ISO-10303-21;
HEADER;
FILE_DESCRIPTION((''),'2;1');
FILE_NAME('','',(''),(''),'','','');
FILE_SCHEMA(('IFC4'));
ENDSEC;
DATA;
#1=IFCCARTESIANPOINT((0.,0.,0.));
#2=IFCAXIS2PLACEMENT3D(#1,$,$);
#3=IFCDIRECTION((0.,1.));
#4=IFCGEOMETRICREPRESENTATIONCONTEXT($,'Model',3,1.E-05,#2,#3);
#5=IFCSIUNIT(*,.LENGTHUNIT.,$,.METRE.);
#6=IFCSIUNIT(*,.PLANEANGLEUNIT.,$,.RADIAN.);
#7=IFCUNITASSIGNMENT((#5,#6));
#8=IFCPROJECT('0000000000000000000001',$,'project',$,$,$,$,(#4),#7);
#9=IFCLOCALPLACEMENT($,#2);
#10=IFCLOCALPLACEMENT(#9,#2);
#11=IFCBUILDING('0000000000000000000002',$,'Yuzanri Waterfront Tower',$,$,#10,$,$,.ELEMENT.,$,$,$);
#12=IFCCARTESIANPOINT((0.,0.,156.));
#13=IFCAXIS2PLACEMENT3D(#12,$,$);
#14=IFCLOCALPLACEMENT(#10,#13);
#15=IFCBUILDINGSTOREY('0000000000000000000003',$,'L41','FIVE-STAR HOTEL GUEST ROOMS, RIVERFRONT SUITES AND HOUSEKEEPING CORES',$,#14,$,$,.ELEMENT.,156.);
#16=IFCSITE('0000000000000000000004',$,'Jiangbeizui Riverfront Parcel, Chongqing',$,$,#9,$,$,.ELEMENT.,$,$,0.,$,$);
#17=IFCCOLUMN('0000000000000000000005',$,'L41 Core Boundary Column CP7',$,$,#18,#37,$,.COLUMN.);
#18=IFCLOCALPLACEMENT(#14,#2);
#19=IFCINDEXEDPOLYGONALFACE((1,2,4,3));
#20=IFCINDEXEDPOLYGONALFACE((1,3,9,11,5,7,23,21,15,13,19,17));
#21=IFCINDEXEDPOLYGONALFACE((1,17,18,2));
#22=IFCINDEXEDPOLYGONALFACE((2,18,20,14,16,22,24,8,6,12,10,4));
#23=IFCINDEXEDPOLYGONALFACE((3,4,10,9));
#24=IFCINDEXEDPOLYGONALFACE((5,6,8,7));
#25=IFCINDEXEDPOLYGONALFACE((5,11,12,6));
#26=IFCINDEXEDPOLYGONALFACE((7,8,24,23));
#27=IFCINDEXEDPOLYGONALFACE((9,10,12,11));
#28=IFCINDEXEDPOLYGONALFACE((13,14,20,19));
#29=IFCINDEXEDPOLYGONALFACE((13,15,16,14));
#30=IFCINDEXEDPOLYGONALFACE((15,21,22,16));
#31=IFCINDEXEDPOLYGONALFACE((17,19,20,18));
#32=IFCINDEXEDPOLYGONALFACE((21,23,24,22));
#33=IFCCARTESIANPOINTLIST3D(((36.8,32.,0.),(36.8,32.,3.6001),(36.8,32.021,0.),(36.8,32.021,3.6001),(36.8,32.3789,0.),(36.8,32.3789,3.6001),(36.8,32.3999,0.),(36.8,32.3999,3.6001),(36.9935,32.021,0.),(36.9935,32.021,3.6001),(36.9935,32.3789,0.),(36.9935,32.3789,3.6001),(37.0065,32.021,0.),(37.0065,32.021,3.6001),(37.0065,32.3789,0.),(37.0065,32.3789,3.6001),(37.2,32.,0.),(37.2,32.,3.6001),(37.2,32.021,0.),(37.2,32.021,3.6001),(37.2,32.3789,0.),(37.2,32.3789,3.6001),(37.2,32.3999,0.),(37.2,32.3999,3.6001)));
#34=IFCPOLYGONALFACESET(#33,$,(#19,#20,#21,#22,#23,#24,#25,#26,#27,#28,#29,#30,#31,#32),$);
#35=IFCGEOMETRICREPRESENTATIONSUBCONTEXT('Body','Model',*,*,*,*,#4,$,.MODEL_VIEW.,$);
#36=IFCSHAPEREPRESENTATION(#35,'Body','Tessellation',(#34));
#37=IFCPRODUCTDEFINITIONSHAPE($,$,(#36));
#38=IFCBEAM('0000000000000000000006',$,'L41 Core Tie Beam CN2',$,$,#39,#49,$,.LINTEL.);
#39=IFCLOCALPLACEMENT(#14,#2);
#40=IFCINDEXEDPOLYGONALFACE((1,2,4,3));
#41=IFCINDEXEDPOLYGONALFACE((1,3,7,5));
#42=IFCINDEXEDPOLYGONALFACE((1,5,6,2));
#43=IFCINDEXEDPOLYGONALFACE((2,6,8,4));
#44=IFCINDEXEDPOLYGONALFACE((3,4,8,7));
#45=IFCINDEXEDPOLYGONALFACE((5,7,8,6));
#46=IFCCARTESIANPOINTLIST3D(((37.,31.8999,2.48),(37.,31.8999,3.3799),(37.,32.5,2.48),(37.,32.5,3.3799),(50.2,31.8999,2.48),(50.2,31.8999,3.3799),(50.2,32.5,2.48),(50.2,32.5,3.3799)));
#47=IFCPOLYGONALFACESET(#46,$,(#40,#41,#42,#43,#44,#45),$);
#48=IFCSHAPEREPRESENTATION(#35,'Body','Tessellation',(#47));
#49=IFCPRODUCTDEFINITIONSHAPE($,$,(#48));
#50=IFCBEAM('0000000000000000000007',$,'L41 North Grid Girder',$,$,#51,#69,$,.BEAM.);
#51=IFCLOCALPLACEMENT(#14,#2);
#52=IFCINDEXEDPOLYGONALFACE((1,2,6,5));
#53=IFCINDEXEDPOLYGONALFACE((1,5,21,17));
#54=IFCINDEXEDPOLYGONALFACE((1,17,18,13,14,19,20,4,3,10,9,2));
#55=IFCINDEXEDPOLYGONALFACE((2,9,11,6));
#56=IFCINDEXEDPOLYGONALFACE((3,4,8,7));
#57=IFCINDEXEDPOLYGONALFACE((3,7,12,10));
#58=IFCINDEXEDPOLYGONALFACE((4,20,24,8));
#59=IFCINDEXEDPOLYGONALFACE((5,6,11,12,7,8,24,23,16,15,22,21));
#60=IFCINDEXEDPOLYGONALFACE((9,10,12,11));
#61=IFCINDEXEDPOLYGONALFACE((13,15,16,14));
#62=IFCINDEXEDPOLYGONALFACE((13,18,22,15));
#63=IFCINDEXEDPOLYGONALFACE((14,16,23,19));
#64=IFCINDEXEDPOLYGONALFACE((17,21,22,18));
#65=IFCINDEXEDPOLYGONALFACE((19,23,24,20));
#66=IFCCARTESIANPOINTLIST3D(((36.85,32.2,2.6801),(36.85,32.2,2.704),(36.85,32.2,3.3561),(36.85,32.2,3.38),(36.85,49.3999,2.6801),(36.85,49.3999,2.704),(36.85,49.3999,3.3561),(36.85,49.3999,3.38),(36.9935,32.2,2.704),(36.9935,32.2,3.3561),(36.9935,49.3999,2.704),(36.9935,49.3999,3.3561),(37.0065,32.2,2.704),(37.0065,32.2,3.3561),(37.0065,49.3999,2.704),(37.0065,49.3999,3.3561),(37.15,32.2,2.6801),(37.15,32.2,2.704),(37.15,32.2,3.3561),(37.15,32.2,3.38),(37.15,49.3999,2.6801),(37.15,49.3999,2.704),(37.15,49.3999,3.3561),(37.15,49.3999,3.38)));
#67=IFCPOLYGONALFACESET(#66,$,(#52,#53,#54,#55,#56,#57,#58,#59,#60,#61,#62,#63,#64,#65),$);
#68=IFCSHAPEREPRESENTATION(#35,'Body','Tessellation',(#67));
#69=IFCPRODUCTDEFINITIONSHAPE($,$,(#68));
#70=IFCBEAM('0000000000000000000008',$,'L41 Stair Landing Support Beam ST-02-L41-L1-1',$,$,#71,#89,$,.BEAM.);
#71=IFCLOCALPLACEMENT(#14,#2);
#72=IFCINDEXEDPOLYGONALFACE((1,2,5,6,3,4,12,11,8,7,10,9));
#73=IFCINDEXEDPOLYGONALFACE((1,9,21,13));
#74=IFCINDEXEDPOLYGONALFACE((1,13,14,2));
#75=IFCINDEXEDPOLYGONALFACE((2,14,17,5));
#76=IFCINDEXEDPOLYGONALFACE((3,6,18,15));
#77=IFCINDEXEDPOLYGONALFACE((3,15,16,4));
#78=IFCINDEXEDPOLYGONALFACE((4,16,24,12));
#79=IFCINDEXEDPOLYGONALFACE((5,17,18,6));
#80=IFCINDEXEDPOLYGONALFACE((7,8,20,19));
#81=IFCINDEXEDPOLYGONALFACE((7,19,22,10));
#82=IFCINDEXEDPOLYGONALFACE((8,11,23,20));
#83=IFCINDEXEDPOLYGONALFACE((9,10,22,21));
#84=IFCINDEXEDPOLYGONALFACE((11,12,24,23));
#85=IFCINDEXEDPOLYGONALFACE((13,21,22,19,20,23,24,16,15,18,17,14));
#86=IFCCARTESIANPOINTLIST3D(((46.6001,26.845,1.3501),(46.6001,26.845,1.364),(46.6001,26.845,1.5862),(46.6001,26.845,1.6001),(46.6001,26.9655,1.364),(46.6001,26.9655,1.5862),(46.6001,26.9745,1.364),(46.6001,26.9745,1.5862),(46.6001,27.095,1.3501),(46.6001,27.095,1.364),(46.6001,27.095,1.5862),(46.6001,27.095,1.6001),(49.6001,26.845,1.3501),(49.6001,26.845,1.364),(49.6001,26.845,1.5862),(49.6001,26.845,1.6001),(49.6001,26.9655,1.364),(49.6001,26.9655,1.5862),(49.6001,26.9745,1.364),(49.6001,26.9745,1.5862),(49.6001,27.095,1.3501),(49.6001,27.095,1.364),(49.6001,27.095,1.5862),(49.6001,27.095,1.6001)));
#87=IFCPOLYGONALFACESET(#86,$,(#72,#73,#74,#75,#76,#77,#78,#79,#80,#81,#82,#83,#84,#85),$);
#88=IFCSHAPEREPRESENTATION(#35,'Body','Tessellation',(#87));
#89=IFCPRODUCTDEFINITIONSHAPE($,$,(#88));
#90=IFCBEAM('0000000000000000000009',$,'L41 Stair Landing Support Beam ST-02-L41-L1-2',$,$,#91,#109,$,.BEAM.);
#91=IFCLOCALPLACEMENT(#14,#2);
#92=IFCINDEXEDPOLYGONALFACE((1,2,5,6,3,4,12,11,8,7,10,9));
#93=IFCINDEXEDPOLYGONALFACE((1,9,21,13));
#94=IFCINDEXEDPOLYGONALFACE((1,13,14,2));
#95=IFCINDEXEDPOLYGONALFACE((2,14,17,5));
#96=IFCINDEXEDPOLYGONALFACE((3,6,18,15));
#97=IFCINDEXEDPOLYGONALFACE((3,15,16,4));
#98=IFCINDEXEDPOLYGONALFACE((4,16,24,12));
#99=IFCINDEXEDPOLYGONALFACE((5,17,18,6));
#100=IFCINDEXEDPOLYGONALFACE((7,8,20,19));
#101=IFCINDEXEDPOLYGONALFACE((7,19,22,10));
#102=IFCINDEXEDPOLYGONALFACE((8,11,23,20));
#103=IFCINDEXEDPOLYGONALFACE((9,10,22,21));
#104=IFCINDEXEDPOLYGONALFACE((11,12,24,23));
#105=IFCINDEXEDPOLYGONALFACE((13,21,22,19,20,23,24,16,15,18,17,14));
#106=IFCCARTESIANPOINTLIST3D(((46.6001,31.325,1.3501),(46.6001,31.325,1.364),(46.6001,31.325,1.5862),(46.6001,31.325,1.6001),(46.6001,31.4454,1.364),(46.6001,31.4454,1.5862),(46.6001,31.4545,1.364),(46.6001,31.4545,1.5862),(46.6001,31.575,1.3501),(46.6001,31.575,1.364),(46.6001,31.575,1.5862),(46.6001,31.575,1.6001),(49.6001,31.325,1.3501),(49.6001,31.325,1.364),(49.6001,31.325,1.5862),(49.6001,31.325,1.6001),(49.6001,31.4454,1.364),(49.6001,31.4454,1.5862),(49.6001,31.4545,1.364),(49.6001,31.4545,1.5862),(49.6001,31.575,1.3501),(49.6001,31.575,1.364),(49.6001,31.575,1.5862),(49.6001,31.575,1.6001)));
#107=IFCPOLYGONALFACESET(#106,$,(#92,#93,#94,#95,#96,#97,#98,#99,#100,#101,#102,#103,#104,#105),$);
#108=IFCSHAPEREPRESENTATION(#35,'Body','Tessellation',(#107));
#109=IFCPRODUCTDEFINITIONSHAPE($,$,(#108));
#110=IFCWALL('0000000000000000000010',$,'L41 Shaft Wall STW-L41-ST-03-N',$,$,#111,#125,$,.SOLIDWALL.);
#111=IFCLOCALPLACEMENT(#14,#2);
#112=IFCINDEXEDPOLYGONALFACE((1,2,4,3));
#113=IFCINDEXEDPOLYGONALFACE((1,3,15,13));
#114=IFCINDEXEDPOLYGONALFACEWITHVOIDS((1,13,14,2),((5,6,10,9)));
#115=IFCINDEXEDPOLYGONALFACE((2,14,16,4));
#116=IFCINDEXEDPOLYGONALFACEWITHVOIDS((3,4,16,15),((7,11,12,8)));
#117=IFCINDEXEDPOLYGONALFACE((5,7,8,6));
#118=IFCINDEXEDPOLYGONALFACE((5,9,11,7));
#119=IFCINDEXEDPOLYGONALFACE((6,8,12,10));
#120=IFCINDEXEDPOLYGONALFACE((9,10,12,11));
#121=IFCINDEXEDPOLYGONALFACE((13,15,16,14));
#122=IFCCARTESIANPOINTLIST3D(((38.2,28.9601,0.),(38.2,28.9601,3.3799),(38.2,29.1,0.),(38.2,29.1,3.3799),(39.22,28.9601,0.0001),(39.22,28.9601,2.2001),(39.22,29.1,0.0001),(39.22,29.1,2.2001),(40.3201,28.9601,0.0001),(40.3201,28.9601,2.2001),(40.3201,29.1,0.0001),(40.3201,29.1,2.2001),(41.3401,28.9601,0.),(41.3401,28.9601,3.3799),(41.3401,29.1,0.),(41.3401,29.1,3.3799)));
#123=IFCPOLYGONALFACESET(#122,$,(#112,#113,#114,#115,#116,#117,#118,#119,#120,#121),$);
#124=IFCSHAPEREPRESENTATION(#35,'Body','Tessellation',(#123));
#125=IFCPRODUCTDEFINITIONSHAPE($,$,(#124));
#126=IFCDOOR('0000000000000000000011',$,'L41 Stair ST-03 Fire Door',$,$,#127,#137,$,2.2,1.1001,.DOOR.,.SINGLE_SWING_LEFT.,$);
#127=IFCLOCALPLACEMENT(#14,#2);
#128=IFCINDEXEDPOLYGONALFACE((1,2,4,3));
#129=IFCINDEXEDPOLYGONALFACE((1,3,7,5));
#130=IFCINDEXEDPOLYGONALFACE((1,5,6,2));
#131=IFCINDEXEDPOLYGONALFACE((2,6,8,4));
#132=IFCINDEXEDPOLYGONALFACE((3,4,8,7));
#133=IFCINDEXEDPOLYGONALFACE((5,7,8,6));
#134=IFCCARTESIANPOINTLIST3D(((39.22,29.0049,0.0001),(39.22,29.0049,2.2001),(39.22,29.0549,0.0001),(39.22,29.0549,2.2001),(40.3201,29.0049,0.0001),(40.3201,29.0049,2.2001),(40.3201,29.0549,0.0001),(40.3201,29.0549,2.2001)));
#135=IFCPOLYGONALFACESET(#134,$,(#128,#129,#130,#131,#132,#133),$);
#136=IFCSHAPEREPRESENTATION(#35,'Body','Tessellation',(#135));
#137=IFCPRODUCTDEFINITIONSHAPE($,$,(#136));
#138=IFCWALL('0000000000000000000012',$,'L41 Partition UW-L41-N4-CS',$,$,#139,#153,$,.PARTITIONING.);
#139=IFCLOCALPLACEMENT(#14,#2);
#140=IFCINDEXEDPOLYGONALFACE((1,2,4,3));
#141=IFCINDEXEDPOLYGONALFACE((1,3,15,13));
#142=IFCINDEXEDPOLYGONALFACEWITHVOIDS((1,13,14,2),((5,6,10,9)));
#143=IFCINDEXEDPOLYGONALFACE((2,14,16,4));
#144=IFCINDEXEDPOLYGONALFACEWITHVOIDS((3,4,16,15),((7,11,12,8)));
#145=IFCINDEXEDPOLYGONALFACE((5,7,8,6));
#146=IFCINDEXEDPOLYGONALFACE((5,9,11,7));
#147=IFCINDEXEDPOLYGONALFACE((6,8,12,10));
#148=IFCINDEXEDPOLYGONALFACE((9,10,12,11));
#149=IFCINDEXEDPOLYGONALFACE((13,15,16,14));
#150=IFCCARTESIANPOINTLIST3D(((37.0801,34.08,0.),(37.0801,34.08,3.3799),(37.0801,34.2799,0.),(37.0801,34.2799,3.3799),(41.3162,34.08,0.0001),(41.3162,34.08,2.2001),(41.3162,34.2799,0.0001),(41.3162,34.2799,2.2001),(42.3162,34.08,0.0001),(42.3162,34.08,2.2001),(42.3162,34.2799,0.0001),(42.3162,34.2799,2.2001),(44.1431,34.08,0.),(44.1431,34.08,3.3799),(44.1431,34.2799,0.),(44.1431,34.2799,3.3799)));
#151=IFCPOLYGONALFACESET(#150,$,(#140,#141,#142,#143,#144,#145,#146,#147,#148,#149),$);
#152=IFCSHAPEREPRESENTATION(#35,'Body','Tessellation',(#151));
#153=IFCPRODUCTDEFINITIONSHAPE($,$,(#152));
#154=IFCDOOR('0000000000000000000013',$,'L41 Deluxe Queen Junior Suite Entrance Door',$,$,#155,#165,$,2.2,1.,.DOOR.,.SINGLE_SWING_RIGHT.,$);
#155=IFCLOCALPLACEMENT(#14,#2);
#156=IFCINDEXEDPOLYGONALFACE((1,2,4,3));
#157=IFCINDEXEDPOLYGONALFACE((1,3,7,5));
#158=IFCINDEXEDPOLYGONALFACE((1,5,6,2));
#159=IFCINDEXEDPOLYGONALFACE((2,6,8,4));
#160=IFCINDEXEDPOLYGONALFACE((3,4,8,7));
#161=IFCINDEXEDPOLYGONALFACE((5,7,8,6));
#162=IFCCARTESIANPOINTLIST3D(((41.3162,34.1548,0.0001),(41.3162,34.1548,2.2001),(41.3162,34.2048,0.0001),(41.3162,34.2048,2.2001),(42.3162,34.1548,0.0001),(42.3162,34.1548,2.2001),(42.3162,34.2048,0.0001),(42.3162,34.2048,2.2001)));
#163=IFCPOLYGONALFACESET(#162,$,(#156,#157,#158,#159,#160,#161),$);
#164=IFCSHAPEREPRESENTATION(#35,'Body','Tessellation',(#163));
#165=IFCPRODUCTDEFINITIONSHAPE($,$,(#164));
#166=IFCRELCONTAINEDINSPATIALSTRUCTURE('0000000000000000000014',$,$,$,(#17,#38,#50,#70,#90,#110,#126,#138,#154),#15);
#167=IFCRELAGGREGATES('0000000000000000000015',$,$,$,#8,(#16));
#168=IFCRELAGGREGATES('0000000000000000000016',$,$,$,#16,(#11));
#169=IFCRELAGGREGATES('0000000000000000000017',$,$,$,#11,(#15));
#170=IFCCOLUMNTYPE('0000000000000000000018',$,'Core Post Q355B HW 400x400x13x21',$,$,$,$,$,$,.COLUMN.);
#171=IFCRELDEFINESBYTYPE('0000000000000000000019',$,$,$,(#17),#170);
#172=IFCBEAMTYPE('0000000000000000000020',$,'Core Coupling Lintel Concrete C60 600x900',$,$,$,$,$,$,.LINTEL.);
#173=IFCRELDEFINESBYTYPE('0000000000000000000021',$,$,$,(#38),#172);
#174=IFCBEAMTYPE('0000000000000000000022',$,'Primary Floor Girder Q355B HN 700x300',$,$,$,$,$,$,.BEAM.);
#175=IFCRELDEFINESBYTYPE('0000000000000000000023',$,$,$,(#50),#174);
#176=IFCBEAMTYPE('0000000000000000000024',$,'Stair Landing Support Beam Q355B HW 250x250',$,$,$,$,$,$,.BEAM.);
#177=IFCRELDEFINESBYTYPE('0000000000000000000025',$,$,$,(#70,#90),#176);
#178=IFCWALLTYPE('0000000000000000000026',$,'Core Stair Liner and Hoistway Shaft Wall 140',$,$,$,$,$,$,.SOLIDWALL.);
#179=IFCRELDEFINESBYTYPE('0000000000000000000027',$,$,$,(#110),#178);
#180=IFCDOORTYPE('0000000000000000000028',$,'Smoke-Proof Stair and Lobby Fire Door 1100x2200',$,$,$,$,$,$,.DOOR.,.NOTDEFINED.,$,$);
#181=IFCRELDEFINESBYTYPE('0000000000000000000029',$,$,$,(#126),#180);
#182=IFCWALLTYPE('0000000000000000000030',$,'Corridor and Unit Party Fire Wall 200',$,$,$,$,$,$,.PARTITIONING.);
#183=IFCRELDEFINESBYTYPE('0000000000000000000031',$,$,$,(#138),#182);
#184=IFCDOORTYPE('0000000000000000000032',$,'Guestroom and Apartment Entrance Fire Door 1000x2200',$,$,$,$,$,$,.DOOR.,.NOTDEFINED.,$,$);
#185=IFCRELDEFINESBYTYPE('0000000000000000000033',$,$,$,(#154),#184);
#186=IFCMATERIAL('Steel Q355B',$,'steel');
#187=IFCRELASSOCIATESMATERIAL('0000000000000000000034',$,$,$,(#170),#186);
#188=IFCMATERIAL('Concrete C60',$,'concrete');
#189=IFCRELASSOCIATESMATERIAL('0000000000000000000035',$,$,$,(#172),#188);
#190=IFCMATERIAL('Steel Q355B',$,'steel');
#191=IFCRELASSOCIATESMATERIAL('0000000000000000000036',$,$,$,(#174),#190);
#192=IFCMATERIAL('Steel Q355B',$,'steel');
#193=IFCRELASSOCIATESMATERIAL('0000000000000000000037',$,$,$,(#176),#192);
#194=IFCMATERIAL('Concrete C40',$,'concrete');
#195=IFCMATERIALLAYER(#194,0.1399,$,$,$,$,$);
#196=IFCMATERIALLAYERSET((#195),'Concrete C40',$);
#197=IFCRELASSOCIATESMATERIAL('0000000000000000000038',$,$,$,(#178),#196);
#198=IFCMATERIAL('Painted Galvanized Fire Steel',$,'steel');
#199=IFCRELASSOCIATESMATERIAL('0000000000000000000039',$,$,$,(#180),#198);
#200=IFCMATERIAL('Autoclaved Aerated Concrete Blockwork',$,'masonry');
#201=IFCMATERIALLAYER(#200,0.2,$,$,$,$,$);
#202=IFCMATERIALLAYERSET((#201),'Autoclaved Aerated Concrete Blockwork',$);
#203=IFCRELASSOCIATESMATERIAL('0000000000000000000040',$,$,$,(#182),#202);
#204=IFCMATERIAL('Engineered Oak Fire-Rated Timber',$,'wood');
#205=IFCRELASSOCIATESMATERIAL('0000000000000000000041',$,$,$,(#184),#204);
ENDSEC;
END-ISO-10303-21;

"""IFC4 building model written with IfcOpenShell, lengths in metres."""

from ifc_helpers import new_model, si_unit, direction, frame, frame_2d, origin, origin_2d, place, context, subcontext, project, spatial, rectangle, i_section, extrude, source, transform, mapped, material, layer, layer_set, material_profile, profile_set, type_object, element, fill, save


model = new_model("IFC4")

# Units and contexts
model_context = context("Model", 3, precision=1e-05, world=origin(), true_north=direction((0.0, 1.0)))
body_context = subcontext(model_context, "Body", "Model", "MODEL_VIEW")
ifc_project = project(units=[si_unit("LENGTHUNIT", "METRE"), si_unit("PLANEANGLEUNIT", "RADIAN")], contexts=[model_context])

# Site, building, storey
site_placement = place(None, origin())
site = spatial("IfcSite", under=ifc_project, at=site_placement, Name="Jiangbeizui Riverfront Parcel, Chongqing", CompositionType="ELEMENT", RefElevation=0.0)
building_placement = place(site_placement, origin())
building = spatial("IfcBuilding", under=site, at=building_placement, Name="Yuzanri Waterfront Tower", CompositionType="ELEMENT")
storey_placement = place(building_placement, frame((0.0, 0.0, 156.0)))
storey = spatial("IfcBuildingStorey", under=building, at=storey_placement, Name="L41", Description="FIVE-STAR HOTEL GUEST ROOMS, RIVERFRONT SUITES AND HOUSEKEEPING CORES", CompositionType="ELEMENT", Elevation=156.0)

# Column
ifc_material_1 = material(Name="Steel Q355B", Category="steel")
ifc_material_profile_1 = material_profile(ifc_material_1, i_section(OverallWidth=0.3999, OverallDepth=0.3999, WebThickness=0.0129, FlangeThickness=0.021, at=origin_2d()), Name="HW 400x400x13x21")
ifc_profile_set_1 = profile_set([ifc_material_profile_1], Name="Steel Q355B")
column_type = type_object("IfcColumnType", Name="Core Post Q355B HW 400x400x13x21", PredefinedType="COLUMN", material=ifc_profile_set_1)
shared_shape_1 = source(origin(), body_context, "Body", "SweptSolid", [
    extrude(i_section(OverallWidth=0.3999, OverallDepth=0.3999, WebThickness=0.0129, FlangeThickness=0.021, at=origin_2d()), origin(), (0.0, 0.0, 1.0), 3.6001),
])
column_placement = place(storey_placement, frame((37.0, 32.2, 0.0), z_axis=(0.0, 0.0, 1.0), x_axis=(1.0, 0.0, 0.0)))
element("IfcColumn", 1, at=column_placement, inside=storey, type_object=column_type, Name="L41 Core Boundary Column CP7", PredefinedType="COLUMN", context=body_context, shape_type="MappedRepresentation", body=[
    mapped(shared_shape_1, transform((0.0, 0.0, 0.0), scale=1.0)),
])

# Beams
ifc_material_2 = material(Name="Concrete C60", Category="concrete")
ifc_material_profile_2 = material_profile(ifc_material_2, rectangle(XDim=0.6001, YDim=0.8999, at=origin_2d()), Name="RC 600x900")
ifc_profile_set_2 = profile_set([ifc_material_profile_2], Name="Concrete C60")
beam_type_1 = type_object("IfcBeamType", Name="Core Coupling Lintel Concrete C60 600x900", PredefinedType="LINTEL", material=ifc_profile_set_2)
shared_shape_2 = source(origin(), body_context, "Body", "SweptSolid", [
    extrude(rectangle(XDim=0.6001, YDim=0.8999, at=origin_2d()), origin(), (0.0, 0.0, 1.0), 13.2),
])
beam_1_placement = place(storey_placement, frame((37.0, 32.2, 2.9299), z_axis=(1.0, 0.0, 0.0), x_axis=(0.0, 1.0, 0.0)))
element("IfcBeam", 2, at=beam_1_placement, inside=storey, type_object=beam_type_1, Name="L41 Core Tie Beam CN2", PredefinedType="LINTEL", context=body_context, shape_type="MappedRepresentation", body=[
    mapped(shared_shape_2, transform((0.0, 0.0, 0.0), scale=1.0)),
])
ifc_material_3 = material(Name="Steel Q355B", Category="steel")
ifc_material_profile_3 = material_profile(ifc_material_3, i_section(OverallWidth=0.3, OverallDepth=0.7, WebThickness=0.0129, FlangeThickness=0.0239, at=origin_2d()), Name="HN 700x300x13x24")
ifc_profile_set_3 = profile_set([ifc_material_profile_3], Name="Steel Q355B")
beam_type_2 = type_object("IfcBeamType", Name="Primary Floor Girder Q355B HN 700x300", PredefinedType="BEAM", material=ifc_profile_set_3)
shared_shape_3 = source(origin(), body_context, "Body", "SweptSolid", [
    extrude(i_section(OverallWidth=0.3, OverallDepth=0.7, WebThickness=0.0129, FlangeThickness=0.0239, at=origin_2d()), origin(), (0.0, 0.0, 1.0), 17.2),
])
beam_2_placement = place(storey_placement, frame((37.0, 32.2, 3.03), z_axis=(0.0, 1.0, 0.0), x_axis=(-1.0, 0.0, 0.0)))
element("IfcBeam", 3, at=beam_2_placement, inside=storey, type_object=beam_type_2, Name="L41 North Grid Girder", PredefinedType="BEAM", context=body_context, shape_type="MappedRepresentation", body=[
    mapped(shared_shape_3, transform((0.0, 0.0, 0.0), scale=1.0)),
])
ifc_material_4 = material(Name="Steel Q355B", Category="steel")
ifc_material_profile_4 = material_profile(ifc_material_4, i_section(OverallWidth=0.25, OverallDepth=0.25, WebThickness=0.009, FlangeThickness=0.0139, at=origin_2d()), Name="HW 250x250x9x14")
ifc_profile_set_4 = profile_set([ifc_material_profile_4], Name="Steel Q355B")
beam_type_3 = type_object("IfcBeamType", Name="Stair Landing Support Beam Q355B HW 250x250", PredefinedType="BEAM", material=ifc_profile_set_4)
shared_shape_4 = source(origin(), body_context, "Body", "SweptSolid", [
    extrude(i_section(OverallWidth=0.25, OverallDepth=0.25, WebThickness=0.009, FlangeThickness=0.0139, at=origin_2d()), origin(), (0.0, 0.0, 1.0), 3.0),
])
for number, where, z_axis, x_axis, name in (
    (4, (46.6001, 26.97, 1.4751), (1.0, 0.0, 0.0), (0.0, 1.0, 0.0), "L41 Stair Landing Support Beam ST-02-L41-L1-1"),
    (5, (46.6001, 31.45, 1.4751), (1.0, 0.0, 0.0), (0.0, 1.0, 0.0), "L41 Stair Landing Support Beam ST-02-L41-L1-2"),
):
    element("IfcBeam", number, at=place(storey_placement, frame(where, z_axis=z_axis, x_axis=x_axis)), inside=storey, type_object=beam_type_3, Name=name, PredefinedType="BEAM", context=body_context, shape_type="MappedRepresentation", body=[
        mapped(shared_shape_4, transform((0.0, 0.0, 0.0), scale=1.0)),
    ])

# Walls, openings, doors
ifc_material_5 = material(Name="Concrete C40", Category="concrete")
ifc_layer_1 = layer(ifc_material_5, 0.1399)
ifc_layer_set_1 = layer_set([ifc_layer_1], Name="Concrete C40")
wall_type_1 = type_object("IfcWallType", Name="Core Stair Liner and Hoistway Shaft Wall 140", PredefinedType="SOLIDWALL", material=ifc_layer_set_1)
wall_1_placement = place(storey_placement, frame((38.2, 29.03, 0.0), z_axis=(0.0, 0.0, 1.0), x_axis=(1.0, 0.0, 0.0)))
wall_1 = element("IfcWall", 6, at=wall_1_placement, inside=storey, type_object=wall_type_1, Name="L41 Shaft Wall STW-L41-ST-03-N", PredefinedType="SOLIDWALL", context=body_context, shape_type="SweptSolid", body=[
    extrude(rectangle(XDim=3.1401, YDim=0.1399, at=frame_2d((1.5701, 0.0))), origin(), (0.0, 0.0, 1.0), 3.3799),
])
opening_1_placement = place(wall_1_placement, frame((1.02, 0.0, 0.0)))
opening_1 = element("IfcOpeningElement", 7, at=opening_1_placement, cuts=wall_1, PredefinedType="OPENING", context=body_context, shape_type="SweptSolid", body=[
    extrude(rectangle(XDim=1.1001, YDim=2.2, at=frame_2d((0.55, 1.1001))), frame((0.0, 0.085, 0.0), z_axis=(0.0, -1.0, 0.0), x_axis=(1.0, 0.0, 0.0)), (0.0, 0.0, 1.0), 0.1697),
])
ifc_material_6 = material(Name="Painted Galvanized Fire Steel", Category="steel")
door_type_1 = type_object("IfcDoorType", Name="Smoke-Proof Stair and Lobby Fire Door 1100x2200", OperationType="NOTDEFINED", PredefinedType="DOOR", material=ifc_material_6)
shared_shape_5 = source(origin(), body_context, "Body", "SweptSolid", [
    extrude(rectangle(XDim=1.1001, YDim=2.2, at=frame_2d((0.55, 1.1001))), frame((0.0, 0.0249, 0.0), z_axis=(0.0, -1.0, 0.0), x_axis=(1.0, 0.0, 0.0)), (0.0, 0.0, 1.0), 0.05),
])
door_1_placement = place(opening_1_placement, origin())
door_1 = element("IfcDoor", 8, at=door_1_placement, inside=storey, type_object=door_type_1, Name="L41 Stair ST-03 Fire Door", OperationType="SINGLE_SWING_LEFT", OverallHeight=2.2, OverallWidth=1.1001, PredefinedType="DOOR", context=body_context, shape_type="MappedRepresentation", body=[
    mapped(shared_shape_5, transform((0.0, 0.0, 0.0), scale=1.0)),
])
fill(opening_1, door_1)
ifc_material_7 = material(Name="Autoclaved Aerated Concrete Blockwork", Category="masonry")
ifc_layer_2 = layer(ifc_material_7, 0.2)
ifc_layer_set_2 = layer_set([ifc_layer_2], Name="Autoclaved Aerated Concrete Blockwork")
wall_type_2 = type_object("IfcWallType", Name="Corridor and Unit Party Fire Wall 200", PredefinedType="PARTITIONING", material=ifc_layer_set_2)
wall_2_placement = place(storey_placement, frame((37.0801, 34.1799, 0.0), z_axis=(0.0, 0.0, 1.0), x_axis=(1.0, 0.0, 0.0)))
wall_2 = element("IfcWall", 9, at=wall_2_placement, inside=storey, type_object=wall_type_2, Name="L41 Partition UW-L41-N4-CS", PredefinedType="PARTITIONING", context=body_context, shape_type="SweptSolid", body=[
    extrude(rectangle(XDim=7.063, YDim=0.2, at=frame_2d((3.5315, 0.0))), origin(), (0.0, 0.0, 1.0), 3.3799),
])
opening_2_placement = place(wall_2_placement, frame((4.2361, 0.0, 0.0)))
opening_2 = element("IfcOpeningElement", 10, at=opening_2_placement, cuts=wall_2, PredefinedType="OPENING", context=body_context, shape_type="SweptSolid", body=[
    extrude(rectangle(XDim=1.0, YDim=2.2, at=frame_2d((0.5, 1.1001))), frame((0.0, 0.1147, 0.0), z_axis=(0.0, -1.0, 0.0), x_axis=(1.0, 0.0, 0.0)), (0.0, 0.0, 1.0), 0.2297),
])
ifc_material_8 = material(Name="Engineered Oak Fire-Rated Timber", Category="wood")
door_type_2 = type_object("IfcDoorType", Name="Guestroom and Apartment Entrance Fire Door 1000x2200", OperationType="NOTDEFINED", PredefinedType="DOOR", material=ifc_material_8)
shared_shape_6 = source(origin(), body_context, "Body", "SweptSolid", [
    extrude(rectangle(XDim=1.0, YDim=2.2, at=frame_2d((0.5, 1.1001))), frame((0.0, 0.0249, 0.0), z_axis=(0.0, -1.0, 0.0), x_axis=(1.0, 0.0, 0.0)), (0.0, 0.0, 1.0), 0.05),
])
door_2_placement = place(opening_2_placement, origin())
door_2 = element("IfcDoor", 11, at=door_2_placement, inside=storey, type_object=door_type_2, Name="L41 Deluxe Queen Junior Suite Entrance Door", OperationType="SINGLE_SWING_RIGHT", OverallHeight=2.2, OverallWidth=1.0, PredefinedType="DOOR", context=body_context, shape_type="MappedRepresentation", body=[
    mapped(shared_shape_6, transform((0.0, 0.0, 0.0), scale=1.0)),
])
fill(opening_2, door_2)

save(model, "model.ifc")
